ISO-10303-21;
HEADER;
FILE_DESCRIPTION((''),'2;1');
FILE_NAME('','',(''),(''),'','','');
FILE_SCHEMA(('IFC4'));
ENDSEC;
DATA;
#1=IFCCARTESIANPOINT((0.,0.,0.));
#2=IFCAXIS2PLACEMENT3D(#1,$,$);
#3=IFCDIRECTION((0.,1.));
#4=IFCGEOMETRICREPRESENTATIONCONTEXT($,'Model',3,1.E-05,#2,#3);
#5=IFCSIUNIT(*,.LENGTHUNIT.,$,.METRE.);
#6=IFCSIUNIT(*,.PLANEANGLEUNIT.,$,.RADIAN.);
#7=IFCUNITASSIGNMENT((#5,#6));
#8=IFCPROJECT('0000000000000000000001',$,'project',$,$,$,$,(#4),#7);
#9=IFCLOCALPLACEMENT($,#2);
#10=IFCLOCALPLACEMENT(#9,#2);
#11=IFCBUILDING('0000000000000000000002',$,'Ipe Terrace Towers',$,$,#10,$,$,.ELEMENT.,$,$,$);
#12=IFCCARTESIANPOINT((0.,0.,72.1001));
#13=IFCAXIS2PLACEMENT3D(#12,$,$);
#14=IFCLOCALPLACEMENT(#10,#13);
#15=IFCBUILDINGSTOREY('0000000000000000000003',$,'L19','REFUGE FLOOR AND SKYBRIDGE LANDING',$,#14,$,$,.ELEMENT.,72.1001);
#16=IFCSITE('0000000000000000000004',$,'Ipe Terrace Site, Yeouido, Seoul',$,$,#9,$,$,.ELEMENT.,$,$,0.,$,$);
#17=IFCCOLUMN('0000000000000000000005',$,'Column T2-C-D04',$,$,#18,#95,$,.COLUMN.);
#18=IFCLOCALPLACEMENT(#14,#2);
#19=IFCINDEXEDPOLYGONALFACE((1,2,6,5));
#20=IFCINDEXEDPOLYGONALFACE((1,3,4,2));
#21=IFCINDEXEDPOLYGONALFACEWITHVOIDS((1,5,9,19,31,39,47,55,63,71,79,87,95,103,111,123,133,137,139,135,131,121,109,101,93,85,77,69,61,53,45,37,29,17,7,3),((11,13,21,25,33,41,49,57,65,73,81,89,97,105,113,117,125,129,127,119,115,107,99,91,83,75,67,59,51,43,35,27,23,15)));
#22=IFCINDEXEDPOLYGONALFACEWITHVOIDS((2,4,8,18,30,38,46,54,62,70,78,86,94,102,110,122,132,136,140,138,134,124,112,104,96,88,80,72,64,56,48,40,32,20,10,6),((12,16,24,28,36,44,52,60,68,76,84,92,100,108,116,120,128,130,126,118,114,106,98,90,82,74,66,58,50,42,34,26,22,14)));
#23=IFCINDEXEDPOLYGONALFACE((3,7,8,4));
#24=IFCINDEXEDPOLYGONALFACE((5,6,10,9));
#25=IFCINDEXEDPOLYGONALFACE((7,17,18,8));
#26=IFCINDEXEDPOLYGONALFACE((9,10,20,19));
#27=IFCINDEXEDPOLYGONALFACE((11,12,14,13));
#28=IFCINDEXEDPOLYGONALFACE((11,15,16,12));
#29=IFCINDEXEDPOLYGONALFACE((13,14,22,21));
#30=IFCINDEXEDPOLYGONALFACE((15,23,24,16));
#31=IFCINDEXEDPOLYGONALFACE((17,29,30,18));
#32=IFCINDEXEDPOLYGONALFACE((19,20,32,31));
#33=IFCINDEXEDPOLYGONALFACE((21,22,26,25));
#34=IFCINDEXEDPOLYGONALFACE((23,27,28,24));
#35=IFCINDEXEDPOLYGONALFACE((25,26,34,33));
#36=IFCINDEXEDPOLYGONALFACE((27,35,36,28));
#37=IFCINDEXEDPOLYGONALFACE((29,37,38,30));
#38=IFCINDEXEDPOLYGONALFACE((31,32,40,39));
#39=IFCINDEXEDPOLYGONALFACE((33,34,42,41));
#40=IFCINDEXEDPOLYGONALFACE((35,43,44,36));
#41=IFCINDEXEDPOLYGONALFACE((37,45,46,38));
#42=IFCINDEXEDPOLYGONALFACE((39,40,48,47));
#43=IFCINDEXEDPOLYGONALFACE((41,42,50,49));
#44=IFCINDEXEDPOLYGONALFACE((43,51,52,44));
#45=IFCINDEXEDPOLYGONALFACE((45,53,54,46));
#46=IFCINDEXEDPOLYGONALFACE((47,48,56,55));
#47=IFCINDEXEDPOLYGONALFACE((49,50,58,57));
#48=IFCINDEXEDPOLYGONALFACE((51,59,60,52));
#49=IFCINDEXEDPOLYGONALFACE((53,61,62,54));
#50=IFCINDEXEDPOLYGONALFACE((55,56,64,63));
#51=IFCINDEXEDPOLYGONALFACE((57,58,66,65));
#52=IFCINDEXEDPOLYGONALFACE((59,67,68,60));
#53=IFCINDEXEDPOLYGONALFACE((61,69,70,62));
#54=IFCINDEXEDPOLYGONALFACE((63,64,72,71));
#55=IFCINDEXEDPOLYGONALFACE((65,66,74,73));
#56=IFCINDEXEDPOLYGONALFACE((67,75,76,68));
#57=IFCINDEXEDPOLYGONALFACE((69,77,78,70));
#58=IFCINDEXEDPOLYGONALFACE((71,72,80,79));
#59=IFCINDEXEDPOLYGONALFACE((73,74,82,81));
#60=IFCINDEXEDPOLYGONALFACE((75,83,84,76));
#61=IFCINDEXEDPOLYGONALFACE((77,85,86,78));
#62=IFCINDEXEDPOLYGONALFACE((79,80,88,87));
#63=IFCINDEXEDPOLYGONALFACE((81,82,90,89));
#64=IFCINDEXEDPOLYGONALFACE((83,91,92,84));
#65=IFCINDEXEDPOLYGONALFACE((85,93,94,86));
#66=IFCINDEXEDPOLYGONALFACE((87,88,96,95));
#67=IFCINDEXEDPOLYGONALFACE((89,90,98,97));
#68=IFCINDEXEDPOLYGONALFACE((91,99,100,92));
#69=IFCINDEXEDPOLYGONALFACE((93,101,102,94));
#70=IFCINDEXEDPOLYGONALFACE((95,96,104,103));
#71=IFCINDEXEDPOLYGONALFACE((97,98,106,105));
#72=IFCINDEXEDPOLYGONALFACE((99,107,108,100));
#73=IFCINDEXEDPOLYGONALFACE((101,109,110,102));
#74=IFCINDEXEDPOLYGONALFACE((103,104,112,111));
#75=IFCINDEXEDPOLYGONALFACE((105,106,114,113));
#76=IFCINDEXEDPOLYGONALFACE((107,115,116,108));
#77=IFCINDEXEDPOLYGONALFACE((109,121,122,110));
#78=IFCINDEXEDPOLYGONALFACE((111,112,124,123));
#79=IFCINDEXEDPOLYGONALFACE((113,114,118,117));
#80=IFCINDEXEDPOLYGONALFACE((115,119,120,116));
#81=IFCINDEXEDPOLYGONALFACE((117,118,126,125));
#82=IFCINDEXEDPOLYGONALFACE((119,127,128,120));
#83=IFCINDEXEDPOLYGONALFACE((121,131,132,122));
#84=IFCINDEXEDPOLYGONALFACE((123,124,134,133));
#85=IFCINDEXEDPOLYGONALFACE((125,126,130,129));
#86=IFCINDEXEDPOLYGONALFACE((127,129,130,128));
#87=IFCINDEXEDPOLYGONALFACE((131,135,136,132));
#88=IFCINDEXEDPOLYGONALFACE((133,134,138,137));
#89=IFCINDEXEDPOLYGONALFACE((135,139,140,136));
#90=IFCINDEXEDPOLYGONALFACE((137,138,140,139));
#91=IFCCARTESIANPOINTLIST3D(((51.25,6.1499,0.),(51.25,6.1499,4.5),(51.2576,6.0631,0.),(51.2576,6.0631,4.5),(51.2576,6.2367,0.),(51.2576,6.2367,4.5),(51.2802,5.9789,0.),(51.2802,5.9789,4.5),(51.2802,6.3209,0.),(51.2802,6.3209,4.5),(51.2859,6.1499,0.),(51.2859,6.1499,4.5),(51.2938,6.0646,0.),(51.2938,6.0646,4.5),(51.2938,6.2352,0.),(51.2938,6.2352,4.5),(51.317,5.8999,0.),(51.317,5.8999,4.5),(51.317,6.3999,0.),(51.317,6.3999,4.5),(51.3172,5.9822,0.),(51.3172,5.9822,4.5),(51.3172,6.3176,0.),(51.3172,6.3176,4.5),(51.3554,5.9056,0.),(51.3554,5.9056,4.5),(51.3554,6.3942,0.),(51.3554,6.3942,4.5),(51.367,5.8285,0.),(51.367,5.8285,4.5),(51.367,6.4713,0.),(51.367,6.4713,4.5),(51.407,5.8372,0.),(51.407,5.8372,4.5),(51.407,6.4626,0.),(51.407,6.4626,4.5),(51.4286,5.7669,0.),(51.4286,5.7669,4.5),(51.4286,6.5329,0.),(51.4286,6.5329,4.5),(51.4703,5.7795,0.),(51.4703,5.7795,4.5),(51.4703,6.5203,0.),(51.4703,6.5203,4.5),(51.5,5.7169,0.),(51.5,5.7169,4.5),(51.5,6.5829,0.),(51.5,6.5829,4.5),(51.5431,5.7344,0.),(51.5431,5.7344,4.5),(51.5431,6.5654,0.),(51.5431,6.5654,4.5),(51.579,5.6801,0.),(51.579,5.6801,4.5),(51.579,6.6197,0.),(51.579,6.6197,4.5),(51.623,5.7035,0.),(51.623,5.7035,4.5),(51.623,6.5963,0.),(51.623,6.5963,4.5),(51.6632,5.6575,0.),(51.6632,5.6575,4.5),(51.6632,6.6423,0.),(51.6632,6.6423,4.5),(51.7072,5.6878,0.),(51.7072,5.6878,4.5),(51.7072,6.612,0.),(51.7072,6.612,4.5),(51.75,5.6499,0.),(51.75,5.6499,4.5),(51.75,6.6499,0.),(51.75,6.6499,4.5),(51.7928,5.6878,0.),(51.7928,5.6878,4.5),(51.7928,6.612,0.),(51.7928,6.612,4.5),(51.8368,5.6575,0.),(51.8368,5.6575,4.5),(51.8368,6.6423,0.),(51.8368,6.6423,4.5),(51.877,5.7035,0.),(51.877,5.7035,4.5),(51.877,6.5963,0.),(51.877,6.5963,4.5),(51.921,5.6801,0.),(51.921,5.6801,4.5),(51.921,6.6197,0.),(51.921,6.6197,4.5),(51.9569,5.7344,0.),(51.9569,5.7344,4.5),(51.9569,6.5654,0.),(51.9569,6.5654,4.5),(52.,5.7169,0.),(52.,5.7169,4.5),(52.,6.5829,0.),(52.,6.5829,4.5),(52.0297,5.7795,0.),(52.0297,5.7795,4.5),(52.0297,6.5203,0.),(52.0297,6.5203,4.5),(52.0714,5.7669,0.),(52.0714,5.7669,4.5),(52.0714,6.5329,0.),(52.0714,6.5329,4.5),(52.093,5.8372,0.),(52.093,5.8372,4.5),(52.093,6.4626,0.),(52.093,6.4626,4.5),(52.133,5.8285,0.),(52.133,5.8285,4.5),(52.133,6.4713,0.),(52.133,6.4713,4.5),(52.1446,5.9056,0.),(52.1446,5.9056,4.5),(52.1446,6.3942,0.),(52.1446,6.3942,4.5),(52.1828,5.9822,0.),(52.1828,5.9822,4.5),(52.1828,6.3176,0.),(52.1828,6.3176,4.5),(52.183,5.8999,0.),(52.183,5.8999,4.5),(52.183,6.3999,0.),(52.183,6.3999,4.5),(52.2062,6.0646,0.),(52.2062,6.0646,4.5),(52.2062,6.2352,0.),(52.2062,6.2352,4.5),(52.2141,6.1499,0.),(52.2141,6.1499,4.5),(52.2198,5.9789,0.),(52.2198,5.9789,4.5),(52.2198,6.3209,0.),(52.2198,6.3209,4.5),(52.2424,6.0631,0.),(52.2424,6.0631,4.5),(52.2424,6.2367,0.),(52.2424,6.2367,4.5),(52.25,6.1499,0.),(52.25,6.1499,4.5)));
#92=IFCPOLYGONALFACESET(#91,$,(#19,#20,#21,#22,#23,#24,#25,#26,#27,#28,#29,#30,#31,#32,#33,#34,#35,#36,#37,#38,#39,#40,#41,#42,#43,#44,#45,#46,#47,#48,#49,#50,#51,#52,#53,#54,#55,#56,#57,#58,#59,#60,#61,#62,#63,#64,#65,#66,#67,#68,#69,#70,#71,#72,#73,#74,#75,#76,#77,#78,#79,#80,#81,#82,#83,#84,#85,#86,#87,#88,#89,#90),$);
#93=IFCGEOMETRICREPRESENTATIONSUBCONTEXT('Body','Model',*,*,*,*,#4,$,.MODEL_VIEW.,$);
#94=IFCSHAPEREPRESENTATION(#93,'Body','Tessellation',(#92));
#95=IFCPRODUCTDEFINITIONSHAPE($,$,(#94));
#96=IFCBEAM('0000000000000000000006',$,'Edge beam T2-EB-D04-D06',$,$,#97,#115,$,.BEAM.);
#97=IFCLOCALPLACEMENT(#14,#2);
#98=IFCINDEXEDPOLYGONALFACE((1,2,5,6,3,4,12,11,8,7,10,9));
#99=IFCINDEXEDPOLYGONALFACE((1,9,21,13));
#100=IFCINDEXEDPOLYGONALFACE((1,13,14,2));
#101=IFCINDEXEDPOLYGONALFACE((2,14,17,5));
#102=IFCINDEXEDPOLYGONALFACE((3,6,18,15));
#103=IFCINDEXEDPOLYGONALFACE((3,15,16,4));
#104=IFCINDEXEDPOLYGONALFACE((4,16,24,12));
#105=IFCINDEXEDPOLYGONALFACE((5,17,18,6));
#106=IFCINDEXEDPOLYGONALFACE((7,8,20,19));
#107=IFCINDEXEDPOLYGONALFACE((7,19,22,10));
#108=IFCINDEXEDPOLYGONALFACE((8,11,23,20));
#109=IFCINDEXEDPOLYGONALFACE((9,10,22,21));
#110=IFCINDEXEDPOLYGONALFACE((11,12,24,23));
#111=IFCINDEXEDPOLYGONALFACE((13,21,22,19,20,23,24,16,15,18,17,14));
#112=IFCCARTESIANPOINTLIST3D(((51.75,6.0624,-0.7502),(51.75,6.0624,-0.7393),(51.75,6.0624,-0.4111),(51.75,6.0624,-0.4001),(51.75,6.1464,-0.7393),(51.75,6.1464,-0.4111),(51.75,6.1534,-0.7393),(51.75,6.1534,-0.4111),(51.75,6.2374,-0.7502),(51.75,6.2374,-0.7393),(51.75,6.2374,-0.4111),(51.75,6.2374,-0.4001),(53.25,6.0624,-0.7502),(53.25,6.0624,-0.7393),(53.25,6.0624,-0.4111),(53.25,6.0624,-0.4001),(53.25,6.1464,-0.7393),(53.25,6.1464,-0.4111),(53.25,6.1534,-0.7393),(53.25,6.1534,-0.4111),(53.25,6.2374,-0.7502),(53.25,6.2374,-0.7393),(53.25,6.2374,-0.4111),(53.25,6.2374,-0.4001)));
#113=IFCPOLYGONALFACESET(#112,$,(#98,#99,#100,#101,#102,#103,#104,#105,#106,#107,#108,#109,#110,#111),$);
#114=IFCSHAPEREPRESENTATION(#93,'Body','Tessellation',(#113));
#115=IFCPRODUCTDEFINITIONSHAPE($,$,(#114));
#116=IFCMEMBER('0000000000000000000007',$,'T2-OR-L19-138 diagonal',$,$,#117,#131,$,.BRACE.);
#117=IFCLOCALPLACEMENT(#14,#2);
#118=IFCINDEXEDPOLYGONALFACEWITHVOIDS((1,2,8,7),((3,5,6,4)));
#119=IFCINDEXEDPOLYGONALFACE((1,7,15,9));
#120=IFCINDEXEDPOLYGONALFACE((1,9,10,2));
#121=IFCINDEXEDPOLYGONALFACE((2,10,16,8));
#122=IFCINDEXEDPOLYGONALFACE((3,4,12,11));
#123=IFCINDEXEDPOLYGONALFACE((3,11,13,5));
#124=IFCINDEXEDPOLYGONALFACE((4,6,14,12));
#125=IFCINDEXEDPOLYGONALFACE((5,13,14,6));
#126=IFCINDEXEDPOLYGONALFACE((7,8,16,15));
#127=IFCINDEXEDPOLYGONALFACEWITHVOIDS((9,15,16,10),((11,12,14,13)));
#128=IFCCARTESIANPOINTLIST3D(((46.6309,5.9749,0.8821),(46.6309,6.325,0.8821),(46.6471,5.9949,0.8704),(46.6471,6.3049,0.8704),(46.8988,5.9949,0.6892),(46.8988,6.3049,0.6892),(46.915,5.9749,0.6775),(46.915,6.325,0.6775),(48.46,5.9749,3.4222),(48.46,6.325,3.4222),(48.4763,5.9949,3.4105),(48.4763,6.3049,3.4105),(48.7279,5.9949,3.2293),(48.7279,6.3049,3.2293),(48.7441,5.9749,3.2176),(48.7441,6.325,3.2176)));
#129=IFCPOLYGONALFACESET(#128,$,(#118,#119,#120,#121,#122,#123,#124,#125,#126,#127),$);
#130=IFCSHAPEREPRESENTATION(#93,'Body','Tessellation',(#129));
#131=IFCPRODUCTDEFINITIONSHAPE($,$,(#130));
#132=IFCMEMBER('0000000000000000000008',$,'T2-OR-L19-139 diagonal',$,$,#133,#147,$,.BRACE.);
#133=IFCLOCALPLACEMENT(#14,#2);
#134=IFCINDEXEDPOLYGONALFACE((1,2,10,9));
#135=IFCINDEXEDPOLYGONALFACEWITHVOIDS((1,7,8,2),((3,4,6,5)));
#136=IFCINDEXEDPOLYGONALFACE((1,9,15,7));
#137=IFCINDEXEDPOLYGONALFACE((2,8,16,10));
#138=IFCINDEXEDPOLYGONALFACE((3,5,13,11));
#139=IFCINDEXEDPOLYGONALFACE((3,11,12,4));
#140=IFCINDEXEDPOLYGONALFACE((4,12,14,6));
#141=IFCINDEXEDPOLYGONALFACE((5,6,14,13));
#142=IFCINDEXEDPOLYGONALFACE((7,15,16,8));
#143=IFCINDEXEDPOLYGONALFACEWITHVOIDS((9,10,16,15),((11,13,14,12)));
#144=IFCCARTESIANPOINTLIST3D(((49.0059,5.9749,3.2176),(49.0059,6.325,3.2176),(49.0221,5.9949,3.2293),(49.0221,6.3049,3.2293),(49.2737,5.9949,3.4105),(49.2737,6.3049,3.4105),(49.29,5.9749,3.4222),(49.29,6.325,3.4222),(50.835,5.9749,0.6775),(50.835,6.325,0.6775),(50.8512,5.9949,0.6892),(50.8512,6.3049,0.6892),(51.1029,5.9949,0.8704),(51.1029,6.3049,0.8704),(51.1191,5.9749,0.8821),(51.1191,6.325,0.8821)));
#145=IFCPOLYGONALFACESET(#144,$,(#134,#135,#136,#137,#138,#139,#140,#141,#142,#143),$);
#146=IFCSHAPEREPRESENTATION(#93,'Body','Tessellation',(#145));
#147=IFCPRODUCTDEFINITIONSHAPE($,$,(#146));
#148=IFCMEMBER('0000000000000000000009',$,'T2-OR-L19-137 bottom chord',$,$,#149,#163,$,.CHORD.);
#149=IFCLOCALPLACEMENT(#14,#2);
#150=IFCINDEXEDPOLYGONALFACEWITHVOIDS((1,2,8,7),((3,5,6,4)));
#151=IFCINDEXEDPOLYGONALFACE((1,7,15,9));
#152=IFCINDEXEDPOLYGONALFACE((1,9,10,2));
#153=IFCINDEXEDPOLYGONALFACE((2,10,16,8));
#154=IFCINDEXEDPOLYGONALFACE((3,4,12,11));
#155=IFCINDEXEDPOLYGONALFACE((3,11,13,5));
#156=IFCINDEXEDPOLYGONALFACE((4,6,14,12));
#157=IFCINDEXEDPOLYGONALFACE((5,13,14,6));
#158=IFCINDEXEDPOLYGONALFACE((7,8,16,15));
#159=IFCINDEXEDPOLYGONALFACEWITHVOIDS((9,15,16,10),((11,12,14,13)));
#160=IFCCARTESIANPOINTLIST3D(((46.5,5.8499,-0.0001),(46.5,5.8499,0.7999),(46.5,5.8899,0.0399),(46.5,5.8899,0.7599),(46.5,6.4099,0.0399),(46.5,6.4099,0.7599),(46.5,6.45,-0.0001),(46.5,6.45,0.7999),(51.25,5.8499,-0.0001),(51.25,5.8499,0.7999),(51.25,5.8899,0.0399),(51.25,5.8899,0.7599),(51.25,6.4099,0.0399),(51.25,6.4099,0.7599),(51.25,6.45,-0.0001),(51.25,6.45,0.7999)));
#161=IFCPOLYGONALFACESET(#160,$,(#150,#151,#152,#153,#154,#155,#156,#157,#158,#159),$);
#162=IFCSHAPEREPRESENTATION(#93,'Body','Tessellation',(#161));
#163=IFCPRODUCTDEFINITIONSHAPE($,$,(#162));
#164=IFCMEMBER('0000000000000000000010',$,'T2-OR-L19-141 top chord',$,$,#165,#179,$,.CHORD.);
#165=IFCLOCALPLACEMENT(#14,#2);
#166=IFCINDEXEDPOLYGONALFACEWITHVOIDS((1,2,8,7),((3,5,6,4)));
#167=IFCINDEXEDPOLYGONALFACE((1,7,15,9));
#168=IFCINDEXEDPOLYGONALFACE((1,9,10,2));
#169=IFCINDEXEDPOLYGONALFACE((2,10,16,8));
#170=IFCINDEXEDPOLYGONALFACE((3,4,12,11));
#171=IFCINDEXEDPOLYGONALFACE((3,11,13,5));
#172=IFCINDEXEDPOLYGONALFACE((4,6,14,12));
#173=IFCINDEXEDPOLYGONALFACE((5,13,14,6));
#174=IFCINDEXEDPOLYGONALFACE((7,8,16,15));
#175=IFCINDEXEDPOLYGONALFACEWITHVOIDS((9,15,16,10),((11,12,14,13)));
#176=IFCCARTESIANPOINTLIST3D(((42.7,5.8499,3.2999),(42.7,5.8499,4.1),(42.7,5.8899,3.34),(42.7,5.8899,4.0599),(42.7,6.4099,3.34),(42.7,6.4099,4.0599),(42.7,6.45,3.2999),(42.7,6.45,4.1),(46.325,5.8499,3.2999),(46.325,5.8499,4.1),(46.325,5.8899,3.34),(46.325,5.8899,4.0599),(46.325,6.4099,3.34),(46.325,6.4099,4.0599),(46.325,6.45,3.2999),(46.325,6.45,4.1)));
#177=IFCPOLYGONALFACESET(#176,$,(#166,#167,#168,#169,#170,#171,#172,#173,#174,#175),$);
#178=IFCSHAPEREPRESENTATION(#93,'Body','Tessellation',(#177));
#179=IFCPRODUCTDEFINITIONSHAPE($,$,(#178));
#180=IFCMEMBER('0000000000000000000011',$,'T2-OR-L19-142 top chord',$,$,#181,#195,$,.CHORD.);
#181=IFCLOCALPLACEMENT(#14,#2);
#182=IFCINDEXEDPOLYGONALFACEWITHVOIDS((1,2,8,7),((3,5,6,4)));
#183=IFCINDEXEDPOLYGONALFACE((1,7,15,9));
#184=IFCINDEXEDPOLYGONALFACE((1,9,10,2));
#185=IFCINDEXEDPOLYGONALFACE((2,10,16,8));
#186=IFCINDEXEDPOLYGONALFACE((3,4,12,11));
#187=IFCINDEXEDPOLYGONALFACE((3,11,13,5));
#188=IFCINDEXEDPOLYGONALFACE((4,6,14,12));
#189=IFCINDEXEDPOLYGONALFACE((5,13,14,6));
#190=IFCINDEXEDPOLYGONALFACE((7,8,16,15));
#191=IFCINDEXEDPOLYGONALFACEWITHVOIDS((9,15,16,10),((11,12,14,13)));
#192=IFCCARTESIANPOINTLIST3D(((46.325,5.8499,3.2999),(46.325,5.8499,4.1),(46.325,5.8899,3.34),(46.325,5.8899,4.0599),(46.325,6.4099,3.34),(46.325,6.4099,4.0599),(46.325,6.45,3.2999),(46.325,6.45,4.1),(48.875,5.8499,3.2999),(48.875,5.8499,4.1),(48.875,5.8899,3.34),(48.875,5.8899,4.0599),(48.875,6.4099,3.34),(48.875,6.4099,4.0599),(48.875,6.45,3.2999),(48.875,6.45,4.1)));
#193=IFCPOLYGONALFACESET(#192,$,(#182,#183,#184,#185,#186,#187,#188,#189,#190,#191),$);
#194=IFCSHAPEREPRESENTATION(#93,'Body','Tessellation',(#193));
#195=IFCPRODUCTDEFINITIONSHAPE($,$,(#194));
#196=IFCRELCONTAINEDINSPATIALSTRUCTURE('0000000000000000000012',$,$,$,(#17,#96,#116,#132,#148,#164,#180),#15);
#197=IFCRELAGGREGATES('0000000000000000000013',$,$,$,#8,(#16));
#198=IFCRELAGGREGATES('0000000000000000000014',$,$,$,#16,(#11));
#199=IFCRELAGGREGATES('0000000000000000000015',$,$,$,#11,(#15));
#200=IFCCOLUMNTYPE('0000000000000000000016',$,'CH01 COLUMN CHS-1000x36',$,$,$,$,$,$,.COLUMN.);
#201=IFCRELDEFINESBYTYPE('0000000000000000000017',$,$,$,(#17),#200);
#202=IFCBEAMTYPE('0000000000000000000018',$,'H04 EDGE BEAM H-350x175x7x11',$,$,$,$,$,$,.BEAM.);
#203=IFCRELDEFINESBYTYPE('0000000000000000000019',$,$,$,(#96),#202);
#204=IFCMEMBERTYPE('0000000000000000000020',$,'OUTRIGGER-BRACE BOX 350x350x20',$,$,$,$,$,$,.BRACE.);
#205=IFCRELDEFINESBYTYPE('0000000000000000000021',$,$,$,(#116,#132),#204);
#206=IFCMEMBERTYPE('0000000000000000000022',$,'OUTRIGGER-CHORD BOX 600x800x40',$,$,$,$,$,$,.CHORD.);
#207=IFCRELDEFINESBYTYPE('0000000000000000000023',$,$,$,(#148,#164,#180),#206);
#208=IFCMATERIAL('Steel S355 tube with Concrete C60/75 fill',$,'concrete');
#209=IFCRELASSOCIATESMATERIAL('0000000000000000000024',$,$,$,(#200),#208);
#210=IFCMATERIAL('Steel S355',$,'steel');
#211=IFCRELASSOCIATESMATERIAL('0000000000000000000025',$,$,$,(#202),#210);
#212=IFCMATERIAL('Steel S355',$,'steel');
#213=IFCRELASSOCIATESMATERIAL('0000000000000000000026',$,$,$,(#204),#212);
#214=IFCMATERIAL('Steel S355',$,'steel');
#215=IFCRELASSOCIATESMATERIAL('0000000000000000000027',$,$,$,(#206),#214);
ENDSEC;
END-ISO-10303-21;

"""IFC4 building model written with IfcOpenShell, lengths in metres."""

from ifc_helpers import new_model, si_unit, direction, frame, origin, origin_2d, place, context, subcontext, project, spatial, hollow_rectangle, hollow_circle, i_section, extrude, material, material_profile, profile_set, type_object, element, save


model = new_model("IFC4")

# Units and contexts
model_context = context("Model", 3, precision=1e-05, world=origin(), true_north=direction((0.0, 1.0)))
body_context = subcontext(model_context, "Body", "Model", "MODEL_VIEW")
ifc_project = project(units=[si_unit("LENGTHUNIT", "METRE"), si_unit("PLANEANGLEUNIT", "RADIAN")], contexts=[model_context])

# Site, building, storey
site_placement = place(None, origin())
site = spatial("IfcSite", under=ifc_project, at=site_placement, Name="Ipe Terrace Site, Yeouido, Seoul", CompositionType="ELEMENT", RefElevation=0.0)
building_placement = place(site_placement, origin())
building = spatial("IfcBuilding", under=site, at=building_placement, Name="Ipe Terrace Towers", CompositionType="ELEMENT")
storey_placement = place(building_placement, frame((0.0, 0.0, 72.1001)))
storey = spatial("IfcBuildingStorey", under=building, at=storey_placement, Name="L19", Description="REFUGE FLOOR AND SKYBRIDGE LANDING", CompositionType="ELEMENT", Elevation=72.1001)

# Column
ifc_material_1 = material(Name="Steel S355 tube with Concrete C60/75 fill", Category="concrete")
ifc_material_profile_1 = material_profile(ifc_material_1, hollow_circle(Radius=0.5, WallThickness=0.0359, at=origin_2d()), Name="CHS-1000x36")
ifc_profile_set_1 = profile_set([ifc_material_profile_1], Name="Steel S355 tube with Concrete C60/75 fill")
column_type = type_object("IfcColumnType", Name="CH01 COLUMN CHS-1000x36", PredefinedType="COLUMN", material=ifc_profile_set_1)
column_placement = place(storey_placement, frame((51.75, 6.1499, 0.0), z_axis=(0.0, 0.0, 1.0), x_axis=(1.0, 0.0, 0.0)))
element("IfcColumn", 1, at=column_placement, inside=storey, type_object=column_type, Name="Column T2-C-D04", PredefinedType="COLUMN", context=body_context, shape_type="SweptSolid", body=[
    extrude(hollow_circle(Radius=0.5, WallThickness=0.0359, at=origin_2d()), origin(), (0.0, 0.0, 1.0), 4.5),
])

# Beam
ifc_material_2 = material(Name="Steel S355", Category="steel")
ifc_material_profile_2 = material_profile(ifc_material_2, i_section(OverallWidth=0.175, OverallDepth=0.3501, WebThickness=0.0071, FlangeThickness=0.011, at=origin_2d()), Name="H-350x175x7x11")
ifc_profile_set_2 = profile_set([ifc_material_profile_2], Name="Steel S355")
beam_type = type_object("IfcBeamType", Name="H04 EDGE BEAM H-350x175x7x11", PredefinedType="BEAM", material=ifc_profile_set_2)
beam_placement = place(storey_placement, frame((51.75, 6.1499, -0.5752), z_axis=(1.0, 0.0, 0.0), x_axis=(0.0, 1.0, 0.0)))
element("IfcBeam", 2, at=beam_placement, inside=storey, type_object=beam_type, Name="Edge beam T2-EB-D04-D06", PredefinedType="BEAM", context=body_context, shape_type="SweptSolid", body=[
    extrude(i_section(OverallWidth=0.175, OverallDepth=0.3501, WebThickness=0.0071, FlangeThickness=0.011, at=origin_2d()), origin(), (0.0, 0.0, 1.0), 1.5),
])

# Members
ifc_material_3 = material(Name="Steel S355", Category="steel")
ifc_material_profile_3 = material_profile(ifc_material_3, hollow_rectangle(XDim=0.3501, YDim=0.3501, WallThickness=0.02, at=origin_2d()), Name="OUTRIGGER-BRACE BOX 350x350x20")
ifc_profile_set_3 = profile_set([ifc_material_profile_3], Name="Steel S355")
member_type_1 = type_object("IfcMemberType", Name="OUTRIGGER-BRACE BOX 350x350x20", PredefinedType="BRACE", material=ifc_profile_set_3)
for number, where, z_axis, x_axis, name in (
    (3, (46.7729, 6.1499, 0.7798), (0.584362, 0.0, 0.811493), (0.0, 1.0, 0.0), "T2-OR-L19-138 diagonal"),
    (4, (50.9771, 6.1499, 0.7798), (-0.584362, 0.0, 0.811493), (0.0, -1.0, 0.0), "T2-OR-L19-139 diagonal"),
):
    element("IfcMember", number, at=place(storey_placement, frame(where, z_axis=z_axis, x_axis=x_axis)), inside=storey, type_object=member_type_1, Name=name, PredefinedType="BRACE", context=body_context, shape_type="SweptSolid", body=[
        extrude(hollow_rectangle(XDim=0.3501, YDim=0.3501, WallThickness=0.02, at=origin_2d()), origin(), (0.0, 0.0, 1.0), 3.1301),
    ])
ifc_material_4 = material(Name="Steel S355", Category="steel")
ifc_material_profile_4 = material_profile(ifc_material_4, hollow_rectangle(XDim=0.6001, YDim=0.8, WallThickness=0.04, at=origin_2d()), Name="OUTRIGGER-CHORD BOX 600x800x40")
ifc_profile_set_4 = profile_set([ifc_material_profile_4], Name="Steel S355")
member_type_2 = type_object("IfcMemberType", Name="OUTRIGGER-CHORD BOX 600x800x40", PredefinedType="CHORD", material=ifc_profile_set_4)
member_1_placement = place(storey_placement, frame((46.5, 6.1499, 0.3999), z_axis=(1.0, 0.0, 0.0), x_axis=(0.0, 1.0, 0.0)))
element("IfcMember", 5, at=member_1_placement, inside=storey, type_object=member_type_2, Name="T2-OR-L19-137 bottom chord", PredefinedType="CHORD", context=body_context, shape_type="SweptSolid", body=[
    extrude(hollow_rectangle(XDim=0.6001, YDim=0.8, WallThickness=0.04, at=origin_2d()), origin(), (0.0, 0.0, 1.0), 4.75),
])
member_2_placement = place(storey_placement, frame((42.7, 6.1499, 3.7), z_axis=(1.0, 0.0, 0.0), x_axis=(0.0, 1.0, 0.0)))
element("IfcMember", 6, at=member_2_placement, inside=storey, type_object=member_type_2, Name="T2-OR-L19-141 top chord", PredefinedType="CHORD", context=body_context, shape_type="SweptSolid", body=[
    extrude(hollow_rectangle(XDim=0.6001, YDim=0.8, WallThickness=0.04, at=origin_2d()), origin(), (0.0, 0.0, 1.0), 3.625),
])
member_3_placement = place(storey_placement, frame((46.325, 6.1499, 3.7), z_axis=(1.0, 0.0, 0.0), x_axis=(0.0, 1.0, 0.0)))
element("IfcMember", 7, at=member_3_placement, inside=storey, type_object=member_type_2, Name="T2-OR-L19-142 top chord", PredefinedType="CHORD", context=body_context, shape_type="SweptSolid", body=[
    extrude(hollow_rectangle(XDim=0.6001, YDim=0.8, WallThickness=0.04, at=origin_2d()), origin(), (0.0, 0.0, 1.0), 2.55),
])

save(model, "model.ifc")
